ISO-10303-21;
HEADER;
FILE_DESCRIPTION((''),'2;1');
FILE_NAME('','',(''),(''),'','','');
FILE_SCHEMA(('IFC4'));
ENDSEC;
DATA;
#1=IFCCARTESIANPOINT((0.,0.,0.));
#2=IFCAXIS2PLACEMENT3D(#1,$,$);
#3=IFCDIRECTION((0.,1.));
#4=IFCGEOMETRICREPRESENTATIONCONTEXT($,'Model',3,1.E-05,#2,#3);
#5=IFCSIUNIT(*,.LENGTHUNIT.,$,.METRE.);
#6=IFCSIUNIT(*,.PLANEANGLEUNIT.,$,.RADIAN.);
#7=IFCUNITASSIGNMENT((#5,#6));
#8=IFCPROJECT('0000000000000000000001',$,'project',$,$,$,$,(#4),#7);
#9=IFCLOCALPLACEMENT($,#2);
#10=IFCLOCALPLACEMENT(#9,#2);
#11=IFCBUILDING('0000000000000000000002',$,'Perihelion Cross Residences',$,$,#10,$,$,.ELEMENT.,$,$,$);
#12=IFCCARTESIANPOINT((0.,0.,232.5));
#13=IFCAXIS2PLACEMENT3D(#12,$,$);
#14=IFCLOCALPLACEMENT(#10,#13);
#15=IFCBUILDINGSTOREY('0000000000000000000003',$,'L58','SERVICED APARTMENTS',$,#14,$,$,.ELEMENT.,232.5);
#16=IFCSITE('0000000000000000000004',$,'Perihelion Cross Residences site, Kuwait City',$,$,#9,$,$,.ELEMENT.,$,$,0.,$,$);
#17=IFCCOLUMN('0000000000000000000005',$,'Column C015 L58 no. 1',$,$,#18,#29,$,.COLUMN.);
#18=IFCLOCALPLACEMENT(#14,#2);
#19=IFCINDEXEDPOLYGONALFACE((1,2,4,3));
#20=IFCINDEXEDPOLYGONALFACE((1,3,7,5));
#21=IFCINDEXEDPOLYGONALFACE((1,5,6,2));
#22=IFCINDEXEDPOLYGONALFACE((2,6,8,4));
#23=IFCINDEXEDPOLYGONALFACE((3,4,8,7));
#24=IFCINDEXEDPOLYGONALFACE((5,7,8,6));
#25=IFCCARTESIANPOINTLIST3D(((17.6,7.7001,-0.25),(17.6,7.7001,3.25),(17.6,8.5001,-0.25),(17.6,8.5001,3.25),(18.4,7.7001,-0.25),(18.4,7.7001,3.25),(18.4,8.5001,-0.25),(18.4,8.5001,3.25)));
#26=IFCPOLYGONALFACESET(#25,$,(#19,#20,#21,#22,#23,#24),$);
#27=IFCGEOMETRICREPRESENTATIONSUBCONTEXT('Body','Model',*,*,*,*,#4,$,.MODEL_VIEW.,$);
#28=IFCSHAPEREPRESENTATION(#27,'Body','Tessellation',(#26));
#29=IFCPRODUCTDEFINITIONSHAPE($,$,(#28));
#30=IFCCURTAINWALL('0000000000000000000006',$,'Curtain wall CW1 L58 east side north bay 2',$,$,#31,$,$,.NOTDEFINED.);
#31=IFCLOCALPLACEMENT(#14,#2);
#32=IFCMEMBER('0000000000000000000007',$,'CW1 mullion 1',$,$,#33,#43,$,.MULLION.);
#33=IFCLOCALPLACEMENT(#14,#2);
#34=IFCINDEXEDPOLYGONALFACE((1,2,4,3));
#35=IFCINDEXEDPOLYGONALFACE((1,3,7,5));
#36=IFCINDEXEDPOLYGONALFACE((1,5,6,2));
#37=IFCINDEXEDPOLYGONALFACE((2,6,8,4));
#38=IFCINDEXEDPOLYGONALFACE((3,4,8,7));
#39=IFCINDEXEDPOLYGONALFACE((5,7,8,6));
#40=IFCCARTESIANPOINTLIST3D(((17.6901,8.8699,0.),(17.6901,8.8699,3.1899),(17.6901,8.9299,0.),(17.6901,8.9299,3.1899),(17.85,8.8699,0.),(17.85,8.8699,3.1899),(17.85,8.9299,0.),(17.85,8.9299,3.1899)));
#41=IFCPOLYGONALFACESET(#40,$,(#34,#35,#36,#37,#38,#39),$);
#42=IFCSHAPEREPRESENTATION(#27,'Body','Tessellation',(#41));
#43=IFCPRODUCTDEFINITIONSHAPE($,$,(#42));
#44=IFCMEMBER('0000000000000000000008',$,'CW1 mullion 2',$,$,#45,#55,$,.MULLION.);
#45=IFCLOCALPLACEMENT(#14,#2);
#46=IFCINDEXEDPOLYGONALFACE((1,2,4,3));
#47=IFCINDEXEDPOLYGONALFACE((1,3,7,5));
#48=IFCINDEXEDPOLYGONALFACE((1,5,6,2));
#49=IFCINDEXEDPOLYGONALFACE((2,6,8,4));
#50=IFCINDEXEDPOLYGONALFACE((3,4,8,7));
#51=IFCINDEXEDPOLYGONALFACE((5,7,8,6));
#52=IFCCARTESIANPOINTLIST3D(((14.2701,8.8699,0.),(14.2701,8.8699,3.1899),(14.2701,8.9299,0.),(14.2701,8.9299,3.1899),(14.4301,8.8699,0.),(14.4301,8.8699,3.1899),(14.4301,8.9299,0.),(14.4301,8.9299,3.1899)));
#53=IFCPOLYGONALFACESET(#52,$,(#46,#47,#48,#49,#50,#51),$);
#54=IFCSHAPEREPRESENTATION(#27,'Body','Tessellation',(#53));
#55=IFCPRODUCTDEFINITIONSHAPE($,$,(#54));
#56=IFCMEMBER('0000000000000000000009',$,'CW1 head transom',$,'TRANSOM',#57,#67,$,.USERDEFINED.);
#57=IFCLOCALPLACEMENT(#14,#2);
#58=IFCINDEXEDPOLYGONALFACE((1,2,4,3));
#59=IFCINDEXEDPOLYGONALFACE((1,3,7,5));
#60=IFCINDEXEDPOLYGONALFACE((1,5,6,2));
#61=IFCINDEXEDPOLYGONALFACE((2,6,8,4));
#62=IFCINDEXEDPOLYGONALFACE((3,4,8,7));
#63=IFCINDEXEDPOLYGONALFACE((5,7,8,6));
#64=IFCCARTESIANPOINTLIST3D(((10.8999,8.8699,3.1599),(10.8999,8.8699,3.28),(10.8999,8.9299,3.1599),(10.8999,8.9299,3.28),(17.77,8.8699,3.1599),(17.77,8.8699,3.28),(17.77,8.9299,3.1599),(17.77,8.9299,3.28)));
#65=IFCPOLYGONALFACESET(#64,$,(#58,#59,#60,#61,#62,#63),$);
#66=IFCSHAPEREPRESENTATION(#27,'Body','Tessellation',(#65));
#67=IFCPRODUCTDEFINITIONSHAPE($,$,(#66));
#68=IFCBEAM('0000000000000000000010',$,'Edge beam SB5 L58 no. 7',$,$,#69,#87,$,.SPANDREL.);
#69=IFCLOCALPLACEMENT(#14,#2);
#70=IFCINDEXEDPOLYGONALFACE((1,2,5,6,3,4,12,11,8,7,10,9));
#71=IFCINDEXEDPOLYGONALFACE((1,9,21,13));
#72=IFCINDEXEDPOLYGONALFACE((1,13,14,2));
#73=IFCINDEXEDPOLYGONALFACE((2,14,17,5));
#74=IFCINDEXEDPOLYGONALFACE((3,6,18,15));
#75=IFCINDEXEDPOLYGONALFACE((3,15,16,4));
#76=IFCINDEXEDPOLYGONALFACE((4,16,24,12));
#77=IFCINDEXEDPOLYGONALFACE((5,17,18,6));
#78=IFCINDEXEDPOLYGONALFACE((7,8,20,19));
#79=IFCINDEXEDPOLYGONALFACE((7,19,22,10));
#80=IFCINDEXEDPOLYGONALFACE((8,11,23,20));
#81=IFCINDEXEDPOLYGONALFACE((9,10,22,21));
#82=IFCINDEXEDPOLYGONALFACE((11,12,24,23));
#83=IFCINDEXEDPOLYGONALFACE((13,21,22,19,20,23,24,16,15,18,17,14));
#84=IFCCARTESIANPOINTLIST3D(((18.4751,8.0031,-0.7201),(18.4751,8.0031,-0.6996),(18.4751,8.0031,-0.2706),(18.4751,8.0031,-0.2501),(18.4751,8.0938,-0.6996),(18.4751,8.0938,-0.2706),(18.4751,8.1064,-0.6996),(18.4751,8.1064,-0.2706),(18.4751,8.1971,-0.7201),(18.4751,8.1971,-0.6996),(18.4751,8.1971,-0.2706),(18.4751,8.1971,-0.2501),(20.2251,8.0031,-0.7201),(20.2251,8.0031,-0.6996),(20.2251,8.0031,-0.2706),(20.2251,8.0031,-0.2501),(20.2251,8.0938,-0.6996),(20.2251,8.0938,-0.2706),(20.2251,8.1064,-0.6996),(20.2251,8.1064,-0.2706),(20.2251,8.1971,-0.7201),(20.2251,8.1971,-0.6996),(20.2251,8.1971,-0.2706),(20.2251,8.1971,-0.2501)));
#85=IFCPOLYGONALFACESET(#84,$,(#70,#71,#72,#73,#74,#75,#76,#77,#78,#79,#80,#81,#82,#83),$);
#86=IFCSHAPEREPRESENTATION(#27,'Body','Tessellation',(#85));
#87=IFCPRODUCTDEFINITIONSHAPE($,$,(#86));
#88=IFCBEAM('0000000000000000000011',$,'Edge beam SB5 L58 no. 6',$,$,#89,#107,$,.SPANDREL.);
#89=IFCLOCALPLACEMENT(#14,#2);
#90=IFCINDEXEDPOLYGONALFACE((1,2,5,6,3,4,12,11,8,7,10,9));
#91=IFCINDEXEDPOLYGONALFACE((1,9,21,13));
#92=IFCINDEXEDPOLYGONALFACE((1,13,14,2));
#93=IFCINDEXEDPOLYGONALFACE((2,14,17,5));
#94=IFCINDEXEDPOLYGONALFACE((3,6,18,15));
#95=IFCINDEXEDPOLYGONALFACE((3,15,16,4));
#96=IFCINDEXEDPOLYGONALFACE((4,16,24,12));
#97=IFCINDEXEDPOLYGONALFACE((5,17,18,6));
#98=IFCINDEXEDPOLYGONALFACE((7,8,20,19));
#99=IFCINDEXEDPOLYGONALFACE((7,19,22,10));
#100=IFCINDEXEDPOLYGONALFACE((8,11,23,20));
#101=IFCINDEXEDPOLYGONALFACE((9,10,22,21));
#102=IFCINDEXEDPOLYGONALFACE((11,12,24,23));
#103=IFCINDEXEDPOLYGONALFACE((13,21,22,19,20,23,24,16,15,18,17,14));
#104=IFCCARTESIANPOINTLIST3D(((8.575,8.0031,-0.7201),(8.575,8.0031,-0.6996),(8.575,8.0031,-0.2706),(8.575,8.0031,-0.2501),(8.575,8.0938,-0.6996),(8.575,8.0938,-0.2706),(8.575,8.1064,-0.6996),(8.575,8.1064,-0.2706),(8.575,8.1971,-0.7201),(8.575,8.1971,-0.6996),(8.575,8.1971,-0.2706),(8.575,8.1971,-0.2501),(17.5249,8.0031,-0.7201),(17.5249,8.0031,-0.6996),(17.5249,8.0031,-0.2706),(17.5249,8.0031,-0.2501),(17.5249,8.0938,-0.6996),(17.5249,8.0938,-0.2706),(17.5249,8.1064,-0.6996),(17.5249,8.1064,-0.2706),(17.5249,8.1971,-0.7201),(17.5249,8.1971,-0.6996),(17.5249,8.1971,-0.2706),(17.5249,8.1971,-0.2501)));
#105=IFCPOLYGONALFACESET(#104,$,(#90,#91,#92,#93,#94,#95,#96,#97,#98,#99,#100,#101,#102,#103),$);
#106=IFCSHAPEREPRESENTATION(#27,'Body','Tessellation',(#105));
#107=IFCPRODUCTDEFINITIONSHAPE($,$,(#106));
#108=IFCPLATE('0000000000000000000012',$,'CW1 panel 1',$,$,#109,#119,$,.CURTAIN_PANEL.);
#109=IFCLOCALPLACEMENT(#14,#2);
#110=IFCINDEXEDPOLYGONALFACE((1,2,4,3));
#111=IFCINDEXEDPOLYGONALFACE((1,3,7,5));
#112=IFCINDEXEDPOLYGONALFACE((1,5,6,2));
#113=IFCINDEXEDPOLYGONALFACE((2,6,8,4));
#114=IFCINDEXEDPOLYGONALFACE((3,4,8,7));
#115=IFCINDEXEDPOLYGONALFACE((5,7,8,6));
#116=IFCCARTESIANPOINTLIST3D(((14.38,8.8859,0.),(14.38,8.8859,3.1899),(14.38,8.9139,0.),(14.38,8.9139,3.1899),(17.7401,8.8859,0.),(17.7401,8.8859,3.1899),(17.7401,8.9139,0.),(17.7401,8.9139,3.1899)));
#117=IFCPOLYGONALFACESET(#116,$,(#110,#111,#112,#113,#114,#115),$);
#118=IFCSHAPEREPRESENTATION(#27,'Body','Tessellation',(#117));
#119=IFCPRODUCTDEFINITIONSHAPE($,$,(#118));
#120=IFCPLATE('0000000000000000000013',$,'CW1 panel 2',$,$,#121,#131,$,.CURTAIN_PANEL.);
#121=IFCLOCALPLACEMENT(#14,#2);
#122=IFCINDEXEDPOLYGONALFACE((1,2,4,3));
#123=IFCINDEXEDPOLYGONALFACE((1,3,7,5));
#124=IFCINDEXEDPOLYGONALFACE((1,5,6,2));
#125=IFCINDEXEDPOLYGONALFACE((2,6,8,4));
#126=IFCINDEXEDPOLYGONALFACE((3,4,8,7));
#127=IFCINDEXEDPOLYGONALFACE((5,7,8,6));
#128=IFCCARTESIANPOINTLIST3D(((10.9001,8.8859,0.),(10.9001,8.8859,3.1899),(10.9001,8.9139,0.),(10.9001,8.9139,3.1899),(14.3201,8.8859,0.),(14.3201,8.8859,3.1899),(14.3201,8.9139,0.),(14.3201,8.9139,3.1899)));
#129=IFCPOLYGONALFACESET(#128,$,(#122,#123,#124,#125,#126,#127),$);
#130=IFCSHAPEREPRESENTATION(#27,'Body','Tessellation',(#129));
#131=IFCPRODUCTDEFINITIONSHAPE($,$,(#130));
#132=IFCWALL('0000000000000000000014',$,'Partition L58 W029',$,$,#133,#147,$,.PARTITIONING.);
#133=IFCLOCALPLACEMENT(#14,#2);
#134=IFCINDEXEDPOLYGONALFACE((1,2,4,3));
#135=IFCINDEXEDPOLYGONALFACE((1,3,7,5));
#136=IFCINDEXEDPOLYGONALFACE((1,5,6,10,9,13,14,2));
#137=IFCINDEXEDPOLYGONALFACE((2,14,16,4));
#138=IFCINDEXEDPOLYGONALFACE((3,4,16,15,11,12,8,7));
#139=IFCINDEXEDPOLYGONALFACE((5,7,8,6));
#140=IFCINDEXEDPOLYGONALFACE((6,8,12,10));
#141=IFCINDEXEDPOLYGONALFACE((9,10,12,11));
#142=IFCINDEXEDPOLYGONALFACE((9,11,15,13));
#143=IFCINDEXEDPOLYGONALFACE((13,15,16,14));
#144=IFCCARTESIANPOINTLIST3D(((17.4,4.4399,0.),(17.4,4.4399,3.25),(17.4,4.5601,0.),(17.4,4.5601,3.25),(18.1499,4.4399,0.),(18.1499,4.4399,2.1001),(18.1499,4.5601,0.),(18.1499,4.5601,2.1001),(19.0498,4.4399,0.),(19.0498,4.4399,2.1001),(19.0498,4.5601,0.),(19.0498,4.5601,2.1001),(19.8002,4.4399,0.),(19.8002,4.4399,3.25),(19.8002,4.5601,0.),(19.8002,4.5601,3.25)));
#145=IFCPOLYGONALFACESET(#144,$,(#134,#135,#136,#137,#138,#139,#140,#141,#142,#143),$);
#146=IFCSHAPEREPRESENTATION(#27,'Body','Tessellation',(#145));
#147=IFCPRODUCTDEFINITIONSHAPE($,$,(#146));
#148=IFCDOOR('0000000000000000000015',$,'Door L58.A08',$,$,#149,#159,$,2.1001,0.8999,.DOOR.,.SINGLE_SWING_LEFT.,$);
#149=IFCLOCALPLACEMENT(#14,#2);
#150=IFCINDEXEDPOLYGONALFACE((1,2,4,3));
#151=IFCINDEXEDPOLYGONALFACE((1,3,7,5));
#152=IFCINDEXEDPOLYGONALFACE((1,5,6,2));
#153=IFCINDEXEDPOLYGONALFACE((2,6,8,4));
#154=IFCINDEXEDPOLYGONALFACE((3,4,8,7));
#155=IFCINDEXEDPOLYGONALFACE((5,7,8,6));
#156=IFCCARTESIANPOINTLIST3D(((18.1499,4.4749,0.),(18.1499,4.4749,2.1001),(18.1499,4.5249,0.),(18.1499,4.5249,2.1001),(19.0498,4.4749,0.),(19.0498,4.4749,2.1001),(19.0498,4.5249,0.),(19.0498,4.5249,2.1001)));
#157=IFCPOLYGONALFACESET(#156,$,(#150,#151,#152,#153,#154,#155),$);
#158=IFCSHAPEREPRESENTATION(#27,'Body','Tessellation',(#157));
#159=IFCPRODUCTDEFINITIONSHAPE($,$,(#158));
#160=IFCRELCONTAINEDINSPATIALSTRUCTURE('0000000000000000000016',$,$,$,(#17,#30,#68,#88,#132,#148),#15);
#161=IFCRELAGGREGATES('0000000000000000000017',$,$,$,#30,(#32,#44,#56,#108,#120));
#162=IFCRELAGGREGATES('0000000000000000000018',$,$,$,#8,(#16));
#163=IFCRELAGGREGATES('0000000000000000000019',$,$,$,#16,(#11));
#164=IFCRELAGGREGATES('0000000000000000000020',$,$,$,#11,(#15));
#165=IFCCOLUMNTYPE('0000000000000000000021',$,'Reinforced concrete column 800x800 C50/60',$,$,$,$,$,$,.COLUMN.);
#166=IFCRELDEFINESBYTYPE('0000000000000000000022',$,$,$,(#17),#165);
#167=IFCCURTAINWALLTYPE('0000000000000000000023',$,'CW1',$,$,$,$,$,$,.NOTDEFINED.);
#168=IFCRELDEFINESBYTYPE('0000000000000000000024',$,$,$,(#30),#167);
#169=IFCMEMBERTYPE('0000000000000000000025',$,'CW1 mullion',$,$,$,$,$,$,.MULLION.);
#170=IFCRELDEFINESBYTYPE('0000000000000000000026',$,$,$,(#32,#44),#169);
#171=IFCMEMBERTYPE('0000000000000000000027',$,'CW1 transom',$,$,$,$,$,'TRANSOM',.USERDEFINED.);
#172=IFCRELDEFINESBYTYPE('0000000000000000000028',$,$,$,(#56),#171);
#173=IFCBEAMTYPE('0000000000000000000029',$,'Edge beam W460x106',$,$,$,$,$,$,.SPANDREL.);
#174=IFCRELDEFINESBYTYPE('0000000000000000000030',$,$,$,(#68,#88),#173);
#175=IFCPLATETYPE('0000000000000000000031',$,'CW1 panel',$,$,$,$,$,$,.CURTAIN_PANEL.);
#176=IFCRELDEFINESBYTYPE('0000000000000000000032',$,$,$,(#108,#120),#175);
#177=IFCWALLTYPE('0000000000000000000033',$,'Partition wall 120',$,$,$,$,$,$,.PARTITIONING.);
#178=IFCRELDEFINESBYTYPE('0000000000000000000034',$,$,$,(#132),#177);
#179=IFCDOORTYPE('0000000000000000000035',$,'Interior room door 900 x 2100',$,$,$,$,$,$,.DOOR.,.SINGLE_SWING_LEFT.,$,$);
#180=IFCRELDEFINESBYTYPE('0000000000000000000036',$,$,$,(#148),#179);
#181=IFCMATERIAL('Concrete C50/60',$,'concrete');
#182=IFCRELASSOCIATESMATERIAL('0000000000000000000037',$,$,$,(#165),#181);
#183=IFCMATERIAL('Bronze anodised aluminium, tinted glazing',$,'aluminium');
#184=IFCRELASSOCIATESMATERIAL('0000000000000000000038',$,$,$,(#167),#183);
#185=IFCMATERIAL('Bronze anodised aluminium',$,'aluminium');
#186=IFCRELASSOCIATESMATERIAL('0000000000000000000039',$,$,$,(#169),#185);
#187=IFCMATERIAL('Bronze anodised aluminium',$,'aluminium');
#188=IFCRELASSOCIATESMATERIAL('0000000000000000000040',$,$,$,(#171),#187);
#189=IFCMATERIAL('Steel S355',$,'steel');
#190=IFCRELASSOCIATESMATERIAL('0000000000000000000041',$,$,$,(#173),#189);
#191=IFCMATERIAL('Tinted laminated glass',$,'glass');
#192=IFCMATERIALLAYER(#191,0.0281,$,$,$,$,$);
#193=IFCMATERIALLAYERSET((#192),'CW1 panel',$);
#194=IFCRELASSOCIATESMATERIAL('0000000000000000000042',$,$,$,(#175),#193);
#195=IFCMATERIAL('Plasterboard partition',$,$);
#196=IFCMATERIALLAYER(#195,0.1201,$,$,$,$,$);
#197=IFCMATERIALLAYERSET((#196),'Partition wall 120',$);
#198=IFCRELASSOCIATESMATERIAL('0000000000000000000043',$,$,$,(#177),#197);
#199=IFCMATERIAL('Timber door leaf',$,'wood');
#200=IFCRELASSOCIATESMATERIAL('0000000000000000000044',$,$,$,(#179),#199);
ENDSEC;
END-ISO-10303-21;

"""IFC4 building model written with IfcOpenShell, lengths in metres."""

from ifc_helpers import new_model, si_unit, direction, frame, frame_2d, origin, origin_2d, place, context, subcontext, project, spatial, rectangle, i_section, extrude, material, layer, layer_set, material_profile, profile_set, type_object, element, fill, aggregate, save


model = new_model("IFC4")

# Units and contexts
model_context = context("Model", 3, precision=1e-05, world=origin(), true_north=direction((0.0, 1.0)))
body_context = subcontext(model_context, "Body", "Model", "MODEL_VIEW")
ifc_project = project(units=[si_unit("LENGTHUNIT", "METRE"), si_unit("PLANEANGLEUNIT", "RADIAN")], contexts=[model_context])

# Site, building, storey
site_placement = place(None, origin())
site = spatial("IfcSite", under=ifc_project, at=site_placement, Name="Perihelion Cross Residences site, Kuwait City", CompositionType="ELEMENT", RefElevation=0.0)
building_placement = place(site_placement, origin())
building = spatial("IfcBuilding", under=site, at=building_placement, Name="Perihelion Cross Residences", CompositionType="ELEMENT")
storey_placement = place(building_placement, frame((0.0, 0.0, 232.5)))
storey = spatial("IfcBuildingStorey", under=building, at=storey_placement, Name="L58", Description="SERVICED APARTMENTS", CompositionType="ELEMENT", Elevation=232.5)

# Column
ifc_material_1 = material(Name="Concrete C50/60", Category="concrete")
ifc_material_profile_1 = material_profile(ifc_material_1, rectangle(XDim=0.8, YDim=0.8, at=origin_2d()), Name="RC 800x800")
ifc_profile_set_1 = profile_set([ifc_material_profile_1], Name="Concrete C50/60")
column_type = type_object("IfcColumnType", Name="Reinforced concrete column 800x800 C50/60", PredefinedType="COLUMN", material=ifc_profile_set_1)
column_placement = place(storey_placement, frame((18.0, 8.1001, -0.25), z_axis=(0.0, 0.0, 1.0), x_axis=(1.0, 0.0, 0.0)))
element("IfcColumn", 1, at=column_placement, inside=storey, type_object=column_type, Name="Column C015 L58 no. 1", PredefinedType="COLUMN", context=body_context, shape_type="SweptSolid", body=[
    extrude(rectangle(XDim=0.8, YDim=0.8, at=origin_2d()), origin(), (0.0, 0.0, 1.0), 3.5),
])

# Curtain wall, members
ifc_material_2 = material(Name="Bronze anodised aluminium, tinted glazing", Category="aluminium")
curtain_wall_type = type_object("IfcCurtainWallType", Name="CW1", PredefinedType="NOTDEFINED", material=ifc_material_2)
curtain_wall_placement = place(storey_placement, origin())
curtain_wall = element("IfcCurtainWall", 2, at=curtain_wall_placement, inside=storey, type_object=curtain_wall_type, Name="Curtain wall CW1 L58 east side north bay 2", PredefinedType="NOTDEFINED")
ifc_material_3 = material(Name="Bronze anodised aluminium", Category="aluminium")
ifc_material_profile_2 = material_profile(ifc_material_3, rectangle(XDim=0.0601, YDim=0.1599, at=origin_2d()), Name="CW1 mullion")
ifc_profile_set_2 = profile_set([ifc_material_profile_2], Name="Bronze anodised aluminium")
member_type_1 = type_object("IfcMemberType", Name="CW1 mullion", PredefinedType="MULLION", material=ifc_profile_set_2)
member_1_placement = place(storey_placement, frame((17.77, 8.8999, 0.0), z_axis=(0.0, 0.0, 1.0), x_axis=(0.0, -1.0, 0.0)))
member_1 = element("IfcMember", 3, at=member_1_placement, type_object=member_type_1, Name="CW1 mullion 1", PredefinedType="MULLION", context=body_context, shape_type="SweptSolid", body=[
    extrude(rectangle(XDim=0.0601, YDim=0.1599, at=origin_2d()), origin(), (0.0, 0.0, 1.0), 3.1899),
])
member_2_placement = place(storey_placement, frame((14.3501, 8.8999, 0.0), z_axis=(0.0, 0.0, 1.0), x_axis=(0.0, -1.0, 0.0)))
member_2 = element("IfcMember", 4, at=member_2_placement, type_object=member_type_1, Name="CW1 mullion 2", PredefinedType="MULLION", context=body_context, shape_type="SweptSolid", body=[
    extrude(rectangle(XDim=0.0601, YDim=0.1599, at=origin_2d()), origin(), (0.0, 0.0, 1.0), 3.1899),
])
ifc_material_4 = material(Name="Bronze anodised aluminium", Category="aluminium")
ifc_material_profile_3 = material_profile(ifc_material_4, rectangle(XDim=0.0601, YDim=0.1201, at=origin_2d()), Name="CW1 transom")
ifc_profile_set_3 = profile_set([ifc_material_profile_3], Name="Bronze anodised aluminium")
member_type_2 = type_object("IfcMemberType", Name="CW1 transom", ElementType="TRANSOM", PredefinedType="USERDEFINED", material=ifc_profile_set_3)
member_3_placement = place(storey_placement, frame((17.77, 8.8999, 3.22), z_axis=(-1.0, 0.0, 0.0), x_axis=(0.0, -1.0, 0.0)))
member_3 = element("IfcMember", 5, at=member_3_placement, type_object=member_type_2, Name="CW1 head transom", ObjectType="TRANSOM", PredefinedType="USERDEFINED", context=body_context, shape_type="SweptSolid", body=[
    extrude(rectangle(XDim=0.0601, YDim=0.1201, at=origin_2d()), origin(), (0.0, 0.0, 1.0), 6.8701),
])

# Beams
ifc_material_5 = material(Name="Steel S355", Category="steel")
ifc_material_profile_4 = material_profile(ifc_material_5, i_section(OverallWidth=0.1941, OverallDepth=0.47, WebThickness=0.0127, FlangeThickness=0.0205, at=origin_2d()), Name="W460x106")
ifc_profile_set_4 = profile_set([ifc_material_profile_4], Name="Steel S355")
beam_type = type_object("IfcBeamType", Name="Edge beam W460x106", PredefinedType="SPANDREL", material=ifc_profile_set_4)
beam_1_placement = place(storey_placement, frame((20.2251, 8.1001, -0.4851), z_axis=(-1.0, 0.0, 0.0), x_axis=(0.0, -1.0, 0.0)))
element("IfcBeam", 6, at=beam_1_placement, inside=storey, type_object=beam_type, Name="Edge beam SB5 L58 no. 7", PredefinedType="SPANDREL", context=body_context, shape_type="SweptSolid", body=[
    extrude(i_section(OverallWidth=0.1941, OverallDepth=0.47, WebThickness=0.0127, FlangeThickness=0.0205, at=origin_2d()), origin(), (0.0, 0.0, 1.0), 1.75),
])
beam_2_placement = place(storey_placement, frame((17.5249, 8.1001, -0.4851), z_axis=(-1.0, 0.0, 0.0), x_axis=(0.0, -1.0, 0.0)))
element("IfcBeam", 7, at=beam_2_placement, inside=storey, type_object=beam_type, Name="Edge beam SB5 L58 no. 6", PredefinedType="SPANDREL", context=body_context, shape_type="SweptSolid", body=[
    extrude(i_section(OverallWidth=0.1941, OverallDepth=0.47, WebThickness=0.0127, FlangeThickness=0.0205, at=origin_2d()), origin(), (0.0, 0.0, 1.0), 8.95),
])

# Plates
ifc_material_6 = material(Name="Tinted laminated glass", Category="glass")
ifc_layer_1 = layer(ifc_material_6, 0.0281)
ifc_layer_set_1 = layer_set([ifc_layer_1], Name="CW1 panel")
plate_type = type_object("IfcPlateType", Name="CW1 panel", PredefinedType="CURTAIN_PANEL", material=ifc_layer_set_1)
plate_1_placement = place(storey_placement, frame((16.0601, 8.8999, 0.0), z_axis=(0.0, 0.0, 1.0), x_axis=(-1.0, 0.0, 0.0)))
plate_1 = element("IfcPlate", 8, at=plate_1_placement, type_object=plate_type, Name="CW1 panel 1", PredefinedType="CURTAIN_PANEL", context=body_context, shape_type="SweptSolid", body=[
    extrude(rectangle(XDim=3.3601, YDim=0.0281, at=origin_2d()), origin(), (0.0, 0.0, 1.0), 3.1899),
])
plate_2_placement = place(storey_placement, frame((12.6101, 8.8999, 0.0), z_axis=(0.0, 0.0, 1.0), x_axis=(-1.0, 0.0, 0.0)))
plate_2 = element("IfcPlate", 9, at=plate_2_placement, type_object=plate_type, Name="CW1 panel 2", PredefinedType="CURTAIN_PANEL", context=body_context, shape_type="SweptSolid", body=[
    extrude(rectangle(XDim=3.4199, YDim=0.0281, at=origin_2d()), origin(), (0.0, 0.0, 1.0), 3.1899),
])
aggregate(curtain_wall, [member_1, member_2, member_3, plate_1, plate_2])

# Wall, opening, door
ifc_material_7 = material(Name="Plasterboard partition")
ifc_layer_2 = layer(ifc_material_7, 0.1201)
ifc_layer_set_2 = layer_set([ifc_layer_2], Name="Partition wall 120")
wall_type_1 = type_object("IfcWallType", Name="Partition wall 120", PredefinedType="PARTITIONING", material=ifc_layer_set_2)
wall_1_placement = place(storey_placement, frame((17.3999, 4.5, 0.0), z_axis=(0.0, 0.0, 1.0), x_axis=(1.0, 0.0, 0.0)))
wall_1 = element("IfcWall", 10, at=wall_1_placement, inside=storey, type_object=wall_type_1, Name="Partition L58 W029", PredefinedType="PARTITIONING", context=body_context, shape_type="SweptSolid", body=[
    extrude(rectangle(XDim=2.4001, YDim=0.1201, at=frame_2d((1.2002, 0.0))), origin(), (0.0, 0.0, 1.0), 3.25),
])
opening_1_placement = place(wall_1_placement, frame((0.75, 0.0, 0.0)))
opening_1 = element("IfcOpeningElement", 11, at=opening_1_placement, cuts=wall_1, PredefinedType="OPENING", context=body_context, shape_type="SweptSolid", body=[
    extrude(rectangle(XDim=0.8999, YDim=2.1001, at=frame_2d((0.45, 1.05))), frame((0.0, 0.0701, 0.0), z_axis=(0.0, -1.0, 0.0), x_axis=(1.0, 0.0, 0.0)), (0.0, 0.0, 1.0), 0.1401),
])
ifc_material_8 = material(Name="Timber door leaf", Category="wood")
door_type_1 = type_object("IfcDoorType", Name="Interior room door 900 x 2100", OperationType="SINGLE_SWING_LEFT", PredefinedType="DOOR", material=ifc_material_8)
door_1_placement = place(opening_1_placement, origin())
door_1 = element("IfcDoor", 12, at=door_1_placement, inside=storey, type_object=door_type_1, Name="Door L58.A08", OperationType="SINGLE_SWING_LEFT", OverallHeight=2.1001, OverallWidth=0.8999, PredefinedType="DOOR", context=body_context, shape_type="SweptSolid", body=[
    extrude(rectangle(XDim=0.8999, YDim=2.1001, at=frame_2d((0.45, 1.05))), frame((0.0, 0.0249, 0.0), z_axis=(0.0, -1.0, 0.0), x_axis=(1.0, 0.0, 0.0)), (0.0, 0.0, 1.0), 0.05),
])
fill(opening_1, door_1)

save(model, "model.ifc")
